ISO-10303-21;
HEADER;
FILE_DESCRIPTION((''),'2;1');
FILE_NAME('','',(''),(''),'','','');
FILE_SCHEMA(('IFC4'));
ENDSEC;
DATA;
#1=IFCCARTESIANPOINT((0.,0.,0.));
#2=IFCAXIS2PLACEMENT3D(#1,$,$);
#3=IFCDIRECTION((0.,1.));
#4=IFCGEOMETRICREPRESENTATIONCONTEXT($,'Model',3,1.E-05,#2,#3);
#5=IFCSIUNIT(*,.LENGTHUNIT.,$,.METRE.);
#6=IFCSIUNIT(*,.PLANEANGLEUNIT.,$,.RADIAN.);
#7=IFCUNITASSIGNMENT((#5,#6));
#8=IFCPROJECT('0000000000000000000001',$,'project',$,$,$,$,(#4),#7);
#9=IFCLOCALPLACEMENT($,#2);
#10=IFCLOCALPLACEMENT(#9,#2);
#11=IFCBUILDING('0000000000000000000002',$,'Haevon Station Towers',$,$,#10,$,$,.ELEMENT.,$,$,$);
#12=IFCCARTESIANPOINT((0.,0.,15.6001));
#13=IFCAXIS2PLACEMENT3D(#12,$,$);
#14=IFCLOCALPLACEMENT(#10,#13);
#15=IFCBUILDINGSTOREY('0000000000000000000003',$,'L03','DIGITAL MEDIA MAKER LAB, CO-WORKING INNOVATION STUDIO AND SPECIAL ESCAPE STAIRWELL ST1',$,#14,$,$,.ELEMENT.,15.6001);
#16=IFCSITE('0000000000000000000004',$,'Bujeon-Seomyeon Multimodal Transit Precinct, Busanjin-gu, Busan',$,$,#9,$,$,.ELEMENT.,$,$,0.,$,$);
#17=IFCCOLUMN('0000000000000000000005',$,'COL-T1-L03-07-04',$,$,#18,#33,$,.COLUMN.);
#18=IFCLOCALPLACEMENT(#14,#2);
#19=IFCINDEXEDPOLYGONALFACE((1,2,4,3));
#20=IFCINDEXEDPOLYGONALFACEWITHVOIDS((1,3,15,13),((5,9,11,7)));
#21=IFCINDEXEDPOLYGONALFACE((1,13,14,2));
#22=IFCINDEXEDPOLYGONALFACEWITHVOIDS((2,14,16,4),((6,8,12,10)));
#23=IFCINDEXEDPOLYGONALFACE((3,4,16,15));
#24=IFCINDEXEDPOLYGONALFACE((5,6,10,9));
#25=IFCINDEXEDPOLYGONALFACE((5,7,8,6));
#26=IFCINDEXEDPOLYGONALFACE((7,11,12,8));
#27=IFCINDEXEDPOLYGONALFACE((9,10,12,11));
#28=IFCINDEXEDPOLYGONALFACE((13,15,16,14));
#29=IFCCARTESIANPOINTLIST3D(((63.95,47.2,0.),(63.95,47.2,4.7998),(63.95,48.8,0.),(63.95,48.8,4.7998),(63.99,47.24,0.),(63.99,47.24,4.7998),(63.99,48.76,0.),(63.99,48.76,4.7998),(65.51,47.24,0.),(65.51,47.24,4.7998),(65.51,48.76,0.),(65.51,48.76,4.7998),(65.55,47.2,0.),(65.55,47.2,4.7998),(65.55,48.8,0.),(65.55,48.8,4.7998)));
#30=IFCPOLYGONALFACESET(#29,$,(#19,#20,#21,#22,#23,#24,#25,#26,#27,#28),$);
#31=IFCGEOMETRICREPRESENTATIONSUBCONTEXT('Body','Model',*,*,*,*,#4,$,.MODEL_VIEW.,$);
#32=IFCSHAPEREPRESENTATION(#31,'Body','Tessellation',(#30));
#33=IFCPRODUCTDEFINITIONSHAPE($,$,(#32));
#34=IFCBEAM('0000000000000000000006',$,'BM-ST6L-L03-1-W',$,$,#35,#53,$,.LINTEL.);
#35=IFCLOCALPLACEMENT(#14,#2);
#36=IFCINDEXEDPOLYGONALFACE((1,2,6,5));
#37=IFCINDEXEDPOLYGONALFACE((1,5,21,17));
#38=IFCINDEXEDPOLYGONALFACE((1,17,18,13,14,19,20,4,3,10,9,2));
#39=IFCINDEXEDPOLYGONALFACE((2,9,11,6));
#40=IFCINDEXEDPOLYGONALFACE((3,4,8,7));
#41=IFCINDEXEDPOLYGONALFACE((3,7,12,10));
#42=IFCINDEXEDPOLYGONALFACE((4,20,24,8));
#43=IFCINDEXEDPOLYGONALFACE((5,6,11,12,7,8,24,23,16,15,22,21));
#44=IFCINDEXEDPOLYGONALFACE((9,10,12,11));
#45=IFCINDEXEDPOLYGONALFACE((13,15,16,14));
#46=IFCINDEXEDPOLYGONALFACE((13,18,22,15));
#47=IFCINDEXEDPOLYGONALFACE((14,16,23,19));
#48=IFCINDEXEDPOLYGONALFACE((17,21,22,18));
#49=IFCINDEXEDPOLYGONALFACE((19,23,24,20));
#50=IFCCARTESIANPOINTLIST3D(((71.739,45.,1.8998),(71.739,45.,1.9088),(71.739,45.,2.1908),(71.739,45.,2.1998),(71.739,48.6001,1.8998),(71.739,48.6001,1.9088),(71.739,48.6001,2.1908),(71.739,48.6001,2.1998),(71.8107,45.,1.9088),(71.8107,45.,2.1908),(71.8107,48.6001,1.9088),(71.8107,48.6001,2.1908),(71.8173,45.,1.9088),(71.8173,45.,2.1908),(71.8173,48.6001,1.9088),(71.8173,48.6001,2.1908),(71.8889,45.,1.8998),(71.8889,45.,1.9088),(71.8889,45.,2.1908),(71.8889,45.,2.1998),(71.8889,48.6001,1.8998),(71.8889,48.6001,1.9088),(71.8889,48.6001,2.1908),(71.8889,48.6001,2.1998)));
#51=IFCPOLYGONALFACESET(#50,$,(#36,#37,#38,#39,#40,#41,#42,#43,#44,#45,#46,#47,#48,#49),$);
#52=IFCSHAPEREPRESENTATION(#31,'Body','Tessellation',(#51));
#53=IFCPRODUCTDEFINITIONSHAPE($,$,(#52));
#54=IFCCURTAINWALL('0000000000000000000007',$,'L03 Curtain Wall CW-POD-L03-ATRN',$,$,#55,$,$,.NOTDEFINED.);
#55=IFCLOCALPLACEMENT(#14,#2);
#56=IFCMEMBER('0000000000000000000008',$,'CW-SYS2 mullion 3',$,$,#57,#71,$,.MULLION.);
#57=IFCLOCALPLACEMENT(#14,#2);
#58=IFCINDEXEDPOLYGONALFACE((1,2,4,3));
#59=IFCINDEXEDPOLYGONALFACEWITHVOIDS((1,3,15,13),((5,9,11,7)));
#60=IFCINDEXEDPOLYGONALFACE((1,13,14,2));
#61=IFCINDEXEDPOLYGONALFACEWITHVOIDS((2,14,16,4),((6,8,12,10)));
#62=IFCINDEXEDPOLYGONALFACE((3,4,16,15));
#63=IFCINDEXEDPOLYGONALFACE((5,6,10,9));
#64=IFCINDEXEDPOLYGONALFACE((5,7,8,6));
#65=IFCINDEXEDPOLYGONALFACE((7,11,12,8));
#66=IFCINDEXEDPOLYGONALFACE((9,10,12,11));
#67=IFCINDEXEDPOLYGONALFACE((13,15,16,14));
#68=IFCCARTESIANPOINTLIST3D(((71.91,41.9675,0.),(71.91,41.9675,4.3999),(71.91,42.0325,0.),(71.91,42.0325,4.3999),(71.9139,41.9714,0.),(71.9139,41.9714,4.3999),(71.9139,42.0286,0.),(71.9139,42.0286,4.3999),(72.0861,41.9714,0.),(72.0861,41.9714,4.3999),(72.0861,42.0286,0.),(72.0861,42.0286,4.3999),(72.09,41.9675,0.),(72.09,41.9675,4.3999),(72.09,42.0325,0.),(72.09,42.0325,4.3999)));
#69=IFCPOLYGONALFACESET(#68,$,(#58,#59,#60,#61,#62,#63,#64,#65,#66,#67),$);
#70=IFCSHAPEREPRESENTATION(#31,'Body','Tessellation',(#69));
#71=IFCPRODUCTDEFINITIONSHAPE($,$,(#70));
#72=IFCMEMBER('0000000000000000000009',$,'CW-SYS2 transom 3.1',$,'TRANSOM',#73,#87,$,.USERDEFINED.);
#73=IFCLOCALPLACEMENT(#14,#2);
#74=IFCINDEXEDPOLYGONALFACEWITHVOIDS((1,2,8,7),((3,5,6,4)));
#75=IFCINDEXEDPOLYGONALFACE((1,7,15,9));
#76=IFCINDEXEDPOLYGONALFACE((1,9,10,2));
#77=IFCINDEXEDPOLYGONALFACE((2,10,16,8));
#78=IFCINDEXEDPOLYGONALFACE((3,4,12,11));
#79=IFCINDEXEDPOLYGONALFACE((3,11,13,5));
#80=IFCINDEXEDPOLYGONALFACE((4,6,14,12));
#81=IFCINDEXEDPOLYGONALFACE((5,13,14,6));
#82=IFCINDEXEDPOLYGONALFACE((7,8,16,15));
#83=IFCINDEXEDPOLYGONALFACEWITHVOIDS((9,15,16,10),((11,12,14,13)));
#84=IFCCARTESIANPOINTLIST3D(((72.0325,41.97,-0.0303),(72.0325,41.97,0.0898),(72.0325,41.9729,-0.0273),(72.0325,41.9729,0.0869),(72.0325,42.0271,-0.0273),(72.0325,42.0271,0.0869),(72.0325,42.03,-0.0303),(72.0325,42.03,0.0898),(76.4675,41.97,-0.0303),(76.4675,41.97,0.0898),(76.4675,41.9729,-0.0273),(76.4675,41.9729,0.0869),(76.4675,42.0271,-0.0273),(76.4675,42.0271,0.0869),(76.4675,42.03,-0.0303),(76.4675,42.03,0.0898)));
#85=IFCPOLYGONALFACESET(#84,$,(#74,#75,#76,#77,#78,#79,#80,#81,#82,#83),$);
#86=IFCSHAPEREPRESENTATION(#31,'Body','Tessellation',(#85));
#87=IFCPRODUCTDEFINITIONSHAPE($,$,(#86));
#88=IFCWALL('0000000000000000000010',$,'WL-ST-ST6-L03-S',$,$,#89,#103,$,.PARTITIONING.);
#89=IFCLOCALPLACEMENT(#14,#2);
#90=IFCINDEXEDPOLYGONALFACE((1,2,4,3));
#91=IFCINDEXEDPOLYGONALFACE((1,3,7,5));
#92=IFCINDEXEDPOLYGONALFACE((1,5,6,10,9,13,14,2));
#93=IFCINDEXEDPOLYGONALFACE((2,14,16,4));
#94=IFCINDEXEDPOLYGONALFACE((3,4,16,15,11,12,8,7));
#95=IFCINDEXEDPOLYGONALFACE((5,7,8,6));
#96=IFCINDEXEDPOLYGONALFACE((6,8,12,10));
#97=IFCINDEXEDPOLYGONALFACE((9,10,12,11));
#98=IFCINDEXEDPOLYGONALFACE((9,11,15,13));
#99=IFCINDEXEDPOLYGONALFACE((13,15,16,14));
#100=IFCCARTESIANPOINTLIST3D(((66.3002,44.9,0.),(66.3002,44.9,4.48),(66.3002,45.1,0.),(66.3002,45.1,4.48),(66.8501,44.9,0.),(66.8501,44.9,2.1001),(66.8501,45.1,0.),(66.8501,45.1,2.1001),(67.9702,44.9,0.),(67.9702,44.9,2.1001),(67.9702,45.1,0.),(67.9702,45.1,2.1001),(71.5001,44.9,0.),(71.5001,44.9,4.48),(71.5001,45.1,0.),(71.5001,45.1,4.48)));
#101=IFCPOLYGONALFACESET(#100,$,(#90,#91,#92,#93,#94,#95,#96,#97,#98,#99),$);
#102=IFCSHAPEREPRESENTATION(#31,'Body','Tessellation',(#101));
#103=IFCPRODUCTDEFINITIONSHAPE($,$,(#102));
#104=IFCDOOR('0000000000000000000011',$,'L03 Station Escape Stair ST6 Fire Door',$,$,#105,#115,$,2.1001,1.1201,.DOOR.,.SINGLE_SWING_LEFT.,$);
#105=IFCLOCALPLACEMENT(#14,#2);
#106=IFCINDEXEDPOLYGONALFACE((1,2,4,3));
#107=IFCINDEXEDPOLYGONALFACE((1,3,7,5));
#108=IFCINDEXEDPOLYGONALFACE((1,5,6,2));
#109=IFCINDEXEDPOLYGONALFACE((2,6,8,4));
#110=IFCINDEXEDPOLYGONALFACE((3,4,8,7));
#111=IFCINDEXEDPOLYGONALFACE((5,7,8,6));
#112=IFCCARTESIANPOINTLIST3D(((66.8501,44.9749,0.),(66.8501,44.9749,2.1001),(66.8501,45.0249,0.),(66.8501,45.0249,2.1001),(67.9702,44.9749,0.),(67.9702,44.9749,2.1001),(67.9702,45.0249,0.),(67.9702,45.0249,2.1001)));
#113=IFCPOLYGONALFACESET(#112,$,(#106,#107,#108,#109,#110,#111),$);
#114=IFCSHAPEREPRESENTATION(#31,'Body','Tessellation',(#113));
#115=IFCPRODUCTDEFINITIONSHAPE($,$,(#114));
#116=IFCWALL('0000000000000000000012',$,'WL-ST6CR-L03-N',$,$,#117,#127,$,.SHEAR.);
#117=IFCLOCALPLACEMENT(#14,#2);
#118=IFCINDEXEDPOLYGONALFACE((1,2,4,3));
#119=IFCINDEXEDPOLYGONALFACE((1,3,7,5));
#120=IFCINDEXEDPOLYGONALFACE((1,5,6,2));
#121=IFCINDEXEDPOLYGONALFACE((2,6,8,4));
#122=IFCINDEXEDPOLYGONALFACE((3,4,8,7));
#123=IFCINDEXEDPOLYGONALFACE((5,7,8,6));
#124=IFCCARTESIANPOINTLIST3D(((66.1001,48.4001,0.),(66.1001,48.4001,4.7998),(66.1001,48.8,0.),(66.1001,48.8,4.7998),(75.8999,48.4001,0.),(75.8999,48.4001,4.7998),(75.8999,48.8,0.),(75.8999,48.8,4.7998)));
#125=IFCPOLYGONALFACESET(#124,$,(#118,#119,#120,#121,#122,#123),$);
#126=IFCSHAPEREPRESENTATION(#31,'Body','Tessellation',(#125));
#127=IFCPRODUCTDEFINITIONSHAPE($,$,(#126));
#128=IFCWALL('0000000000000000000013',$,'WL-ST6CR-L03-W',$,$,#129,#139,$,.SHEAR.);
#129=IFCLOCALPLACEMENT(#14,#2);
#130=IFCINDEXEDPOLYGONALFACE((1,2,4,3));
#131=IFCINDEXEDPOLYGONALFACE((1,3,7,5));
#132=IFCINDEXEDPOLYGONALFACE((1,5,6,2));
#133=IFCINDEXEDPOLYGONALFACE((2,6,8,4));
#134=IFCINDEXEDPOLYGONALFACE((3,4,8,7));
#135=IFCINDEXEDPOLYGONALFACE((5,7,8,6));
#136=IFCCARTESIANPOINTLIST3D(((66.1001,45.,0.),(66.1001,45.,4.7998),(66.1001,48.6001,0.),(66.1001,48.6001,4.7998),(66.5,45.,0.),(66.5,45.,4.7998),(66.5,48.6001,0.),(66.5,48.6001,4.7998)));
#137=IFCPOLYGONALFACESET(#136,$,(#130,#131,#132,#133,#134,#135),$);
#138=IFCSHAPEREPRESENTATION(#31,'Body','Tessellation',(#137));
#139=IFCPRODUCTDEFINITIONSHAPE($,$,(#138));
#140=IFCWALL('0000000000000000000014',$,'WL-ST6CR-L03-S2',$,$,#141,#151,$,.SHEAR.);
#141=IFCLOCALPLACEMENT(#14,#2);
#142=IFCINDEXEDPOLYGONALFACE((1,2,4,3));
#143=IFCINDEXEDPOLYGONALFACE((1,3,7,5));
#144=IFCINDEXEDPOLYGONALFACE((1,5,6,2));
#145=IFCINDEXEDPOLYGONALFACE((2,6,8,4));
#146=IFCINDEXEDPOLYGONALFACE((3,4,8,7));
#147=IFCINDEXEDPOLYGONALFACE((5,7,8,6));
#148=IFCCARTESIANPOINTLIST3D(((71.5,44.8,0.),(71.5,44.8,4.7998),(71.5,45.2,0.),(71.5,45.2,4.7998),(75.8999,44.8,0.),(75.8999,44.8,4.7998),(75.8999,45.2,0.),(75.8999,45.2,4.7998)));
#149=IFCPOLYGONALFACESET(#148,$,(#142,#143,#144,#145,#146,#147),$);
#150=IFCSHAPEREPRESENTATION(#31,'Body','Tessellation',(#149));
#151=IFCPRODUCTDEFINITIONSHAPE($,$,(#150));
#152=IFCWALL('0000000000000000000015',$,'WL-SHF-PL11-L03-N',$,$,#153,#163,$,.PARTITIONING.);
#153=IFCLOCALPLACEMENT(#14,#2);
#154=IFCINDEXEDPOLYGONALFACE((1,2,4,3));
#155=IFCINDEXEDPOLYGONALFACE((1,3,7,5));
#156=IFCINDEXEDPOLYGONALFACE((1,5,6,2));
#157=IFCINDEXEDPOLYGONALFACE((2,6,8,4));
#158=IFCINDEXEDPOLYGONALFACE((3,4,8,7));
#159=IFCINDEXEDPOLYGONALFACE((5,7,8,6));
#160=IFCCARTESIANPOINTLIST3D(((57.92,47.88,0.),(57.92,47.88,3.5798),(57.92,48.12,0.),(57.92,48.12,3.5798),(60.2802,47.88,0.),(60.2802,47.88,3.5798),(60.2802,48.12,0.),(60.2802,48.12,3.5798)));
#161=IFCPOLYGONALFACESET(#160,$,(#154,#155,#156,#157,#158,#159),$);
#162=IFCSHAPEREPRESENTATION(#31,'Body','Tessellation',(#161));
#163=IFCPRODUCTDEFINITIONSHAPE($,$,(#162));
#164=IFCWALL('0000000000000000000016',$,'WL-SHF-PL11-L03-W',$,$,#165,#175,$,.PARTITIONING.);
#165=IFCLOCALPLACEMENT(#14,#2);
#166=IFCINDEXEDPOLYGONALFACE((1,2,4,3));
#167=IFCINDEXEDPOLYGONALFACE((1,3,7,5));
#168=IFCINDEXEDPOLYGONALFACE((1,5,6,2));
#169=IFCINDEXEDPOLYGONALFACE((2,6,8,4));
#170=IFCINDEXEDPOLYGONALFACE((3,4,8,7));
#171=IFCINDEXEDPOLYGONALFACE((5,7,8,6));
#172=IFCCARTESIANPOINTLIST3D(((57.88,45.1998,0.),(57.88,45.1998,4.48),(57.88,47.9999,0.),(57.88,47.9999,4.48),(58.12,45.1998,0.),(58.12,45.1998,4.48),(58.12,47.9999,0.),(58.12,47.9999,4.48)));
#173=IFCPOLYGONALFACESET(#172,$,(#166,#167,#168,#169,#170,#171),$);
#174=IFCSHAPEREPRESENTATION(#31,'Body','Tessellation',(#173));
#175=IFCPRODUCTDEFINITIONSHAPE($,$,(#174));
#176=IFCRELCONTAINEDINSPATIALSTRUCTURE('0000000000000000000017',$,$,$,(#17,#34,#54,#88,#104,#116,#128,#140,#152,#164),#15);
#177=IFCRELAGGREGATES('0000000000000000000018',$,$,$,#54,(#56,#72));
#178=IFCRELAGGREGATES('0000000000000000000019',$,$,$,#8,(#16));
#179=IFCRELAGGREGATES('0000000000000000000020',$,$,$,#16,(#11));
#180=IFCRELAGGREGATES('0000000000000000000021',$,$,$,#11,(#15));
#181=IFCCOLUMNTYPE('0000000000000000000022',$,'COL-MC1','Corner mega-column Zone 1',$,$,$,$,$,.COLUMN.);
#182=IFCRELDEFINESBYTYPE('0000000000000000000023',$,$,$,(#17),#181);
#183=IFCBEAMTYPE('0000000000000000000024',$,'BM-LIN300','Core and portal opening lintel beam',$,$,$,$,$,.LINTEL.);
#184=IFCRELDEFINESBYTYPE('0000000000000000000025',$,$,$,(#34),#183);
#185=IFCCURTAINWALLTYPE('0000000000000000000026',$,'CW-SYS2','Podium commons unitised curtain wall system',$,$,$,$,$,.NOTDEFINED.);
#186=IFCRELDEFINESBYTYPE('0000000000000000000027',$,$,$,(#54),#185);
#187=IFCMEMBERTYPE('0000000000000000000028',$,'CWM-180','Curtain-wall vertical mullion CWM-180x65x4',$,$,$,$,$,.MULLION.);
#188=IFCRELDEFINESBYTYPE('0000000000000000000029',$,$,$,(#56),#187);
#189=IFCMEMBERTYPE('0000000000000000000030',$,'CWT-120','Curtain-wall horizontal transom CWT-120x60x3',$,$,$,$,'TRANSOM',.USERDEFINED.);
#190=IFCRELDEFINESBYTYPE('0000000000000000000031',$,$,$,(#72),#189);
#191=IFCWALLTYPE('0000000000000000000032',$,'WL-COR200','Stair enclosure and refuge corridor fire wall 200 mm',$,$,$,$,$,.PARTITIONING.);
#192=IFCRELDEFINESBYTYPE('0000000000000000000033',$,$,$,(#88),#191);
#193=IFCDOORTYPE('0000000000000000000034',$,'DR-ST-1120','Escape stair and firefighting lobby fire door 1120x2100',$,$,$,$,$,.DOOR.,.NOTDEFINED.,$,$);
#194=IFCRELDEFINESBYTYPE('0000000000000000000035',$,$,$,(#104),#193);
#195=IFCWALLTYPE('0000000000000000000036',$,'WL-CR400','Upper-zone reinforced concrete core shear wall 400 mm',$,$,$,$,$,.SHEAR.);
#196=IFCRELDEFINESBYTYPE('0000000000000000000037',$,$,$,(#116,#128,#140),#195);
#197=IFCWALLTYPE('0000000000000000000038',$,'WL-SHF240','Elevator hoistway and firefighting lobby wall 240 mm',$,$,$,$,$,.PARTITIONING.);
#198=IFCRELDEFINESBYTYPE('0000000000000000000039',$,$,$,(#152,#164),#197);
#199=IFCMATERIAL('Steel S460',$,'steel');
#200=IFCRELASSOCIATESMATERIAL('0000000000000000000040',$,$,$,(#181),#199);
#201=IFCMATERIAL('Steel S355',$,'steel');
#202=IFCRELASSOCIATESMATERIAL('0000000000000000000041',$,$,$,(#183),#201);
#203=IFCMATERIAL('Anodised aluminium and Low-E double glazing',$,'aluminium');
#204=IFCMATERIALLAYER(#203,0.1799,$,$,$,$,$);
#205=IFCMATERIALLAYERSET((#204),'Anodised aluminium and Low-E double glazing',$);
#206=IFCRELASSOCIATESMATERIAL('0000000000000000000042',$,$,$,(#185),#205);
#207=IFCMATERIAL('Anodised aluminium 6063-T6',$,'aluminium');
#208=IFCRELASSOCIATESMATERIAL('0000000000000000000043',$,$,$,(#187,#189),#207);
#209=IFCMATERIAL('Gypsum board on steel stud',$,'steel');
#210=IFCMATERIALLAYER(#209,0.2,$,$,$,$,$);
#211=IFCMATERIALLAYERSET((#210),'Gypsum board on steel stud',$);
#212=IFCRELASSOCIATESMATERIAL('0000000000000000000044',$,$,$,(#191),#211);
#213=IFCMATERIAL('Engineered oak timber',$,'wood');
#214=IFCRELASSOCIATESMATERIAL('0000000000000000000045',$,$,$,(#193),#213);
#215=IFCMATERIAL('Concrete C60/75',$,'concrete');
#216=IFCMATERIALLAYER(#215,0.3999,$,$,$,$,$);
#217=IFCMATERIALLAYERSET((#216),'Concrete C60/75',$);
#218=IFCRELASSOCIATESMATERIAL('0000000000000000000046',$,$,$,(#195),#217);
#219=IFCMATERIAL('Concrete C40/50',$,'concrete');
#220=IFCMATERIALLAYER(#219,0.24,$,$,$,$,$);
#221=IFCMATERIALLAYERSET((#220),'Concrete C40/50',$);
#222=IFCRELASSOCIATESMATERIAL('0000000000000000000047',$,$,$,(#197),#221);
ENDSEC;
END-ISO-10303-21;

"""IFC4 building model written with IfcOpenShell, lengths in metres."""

from ifc_helpers import new_model, si_unit, direction, frame, frame_2d, origin, origin_2d, place, context, subcontext, project, spatial, rectangle, hollow_rectangle, i_section, extrude, material, layer, layer_set, material_profile, profile_set, type_object, element, fill, aggregate, save


model = new_model("IFC4")

# Units and contexts
model_context = context("Model", 3, precision=1e-05, world=origin(), true_north=direction((0.0, 1.0)))
body_context = subcontext(model_context, "Body", "Model", "MODEL_VIEW")
ifc_project = project(units=[si_unit("LENGTHUNIT", "METRE"), si_unit("PLANEANGLEUNIT", "RADIAN")], contexts=[model_context])

# Site, building, storey
site_placement = place(None, origin())
site = spatial("IfcSite", under=ifc_project, at=site_placement, Name="Bujeon-Seomyeon Multimodal Transit Precinct, Busanjin-gu, Busan", CompositionType="ELEMENT", RefElevation=0.0)
building_placement = place(site_placement, origin())
building = spatial("IfcBuilding", under=site, at=building_placement, Name="Haevon Station Towers", CompositionType="ELEMENT")
storey_placement = place(building_placement, frame((0.0, 0.0, 15.6001)))
storey = spatial("IfcBuildingStorey", under=building, at=storey_placement, Name="L03", Description="DIGITAL MEDIA MAKER LAB, CO-WORKING INNOVATION STUDIO AND SPECIAL ESCAPE STAIRWELL ST1", CompositionType="ELEMENT", Elevation=15.6001)

# Column
ifc_material_1 = material(Name="Steel S460", Category="steel")
ifc_material_profile_1 = material_profile(ifc_material_1, hollow_rectangle(XDim=1.6001, YDim=1.6001, WallThickness=0.04, at=origin_2d()), Name="BOX-1600x1600x40")
ifc_profile_set_1 = profile_set([ifc_material_profile_1], Name="Steel S460")
column_type = type_object("IfcColumnType", Name="COL-MC1", Description="Corner mega-column Zone 1", PredefinedType="COLUMN", material=ifc_profile_set_1)
column_placement = place(storey_placement, frame((64.75, 48.0, 0.0), z_axis=(0.0, 0.0, 1.0), x_axis=(1.0, 0.0, 0.0)))
element("IfcColumn", 1, at=column_placement, inside=storey, type_object=column_type, Name="COL-T1-L03-07-04", PredefinedType="COLUMN", context=body_context, shape_type="SweptSolid", body=[
    extrude(hollow_rectangle(XDim=1.6001, YDim=1.6001, WallThickness=0.04, at=origin_2d()), origin(), (0.0, 0.0, 1.0), 4.7998),
])

# Beam
ifc_material_2 = material(Name="Steel S355", Category="steel")
ifc_material_profile_2 = material_profile(ifc_material_2, i_section(OverallWidth=0.1499, OverallDepth=0.3, WebThickness=0.0066, FlangeThickness=0.009, at=origin_2d()), Name="H-300x150x6.5x9")
ifc_profile_set_2 = profile_set([ifc_material_profile_2], Name="Steel S355")
beam_type = type_object("IfcBeamType", Name="BM-LIN300", Description="Core and portal opening lintel beam", PredefinedType="LINTEL", material=ifc_profile_set_2)
beam_placement = place(storey_placement, frame((71.814, 45.0, 2.0498), z_axis=(0.0, 1.0, 0.0), x_axis=(-1.0, 0.0, 0.0)))
element("IfcBeam", 2, at=beam_placement, inside=storey, type_object=beam_type, Name="BM-ST6L-L03-1-W", PredefinedType="LINTEL", context=body_context, shape_type="SweptSolid", body=[
    extrude(i_section(OverallWidth=0.1499, OverallDepth=0.3, WebThickness=0.0066, FlangeThickness=0.009, at=origin_2d()), origin(), (0.0, 0.0, 1.0), 3.6001),
])

# Curtain wall, members
ifc_material_3 = material(Name="Anodised aluminium and Low-E double glazing", Category="aluminium")
ifc_layer_1 = layer(ifc_material_3, 0.1799)
ifc_layer_set_1 = layer_set([ifc_layer_1], Name="Anodised aluminium and Low-E double glazing")
curtain_wall_type = type_object("IfcCurtainWallType", Name="CW-SYS2", Description="Podium commons unitised curtain wall system", PredefinedType="NOTDEFINED", material=ifc_layer_set_1)
curtain_wall_placement = place(storey_placement, origin())
curtain_wall = element("IfcCurtainWall", 3, at=curtain_wall_placement, inside=storey, type_object=curtain_wall_type, Name="L03 Curtain Wall CW-POD-L03-ATRN", PredefinedType="NOTDEFINED")
ifc_material_4 = material(Name="Anodised aluminium 6063-T6", Category="aluminium")
ifc_material_profile_3 = material_profile(ifc_material_4, hollow_rectangle(XDim=0.0649, YDim=0.1799, WallThickness=0.0039, at=origin_2d()), Name="CWM-180x65x4")
ifc_profile_set_3 = profile_set([ifc_material_profile_3], Name="Anodised aluminium 6063-T6")
member_type_1 = type_object("IfcMemberType", Name="CWM-180", Description="Curtain-wall vertical mullion CWM-180x65x4", PredefinedType="MULLION", material=ifc_profile_set_3)
member_1_placement = place(storey_placement, frame((72.0, 42.0, 0.0), z_axis=(0.0, 0.0, 1.0), x_axis=(0.0, 1.0, 0.0)))
member_1 = element("IfcMember", 4, at=member_1_placement, type_object=member_type_1, Name="CW-SYS2 mullion 3", PredefinedType="MULLION", context=body_context, shape_type="SweptSolid", body=[
    extrude(hollow_rectangle(XDim=0.0649, YDim=0.1799, WallThickness=0.0039, at=origin_2d()), origin(), (0.0, 0.0, 1.0), 4.3999),
])
ifc_material_profile_4 = material_profile(ifc_material_4, hollow_rectangle(XDim=0.0601, YDim=0.1201, WallThickness=0.0029, at=origin_2d()), Name="CWT-120x60x3")
ifc_profile_set_4 = profile_set([ifc_material_profile_4], Name="Anodised aluminium 6063-T6")
member_type_2 = type_object("IfcMemberType", Name="CWT-120", Description="Curtain-wall horizontal transom CWT-120x60x3", ElementType="TRANSOM", PredefinedType="USERDEFINED", material=ifc_profile_set_4)
member_2_placement = place(storey_placement, frame((72.0325, 42.0, 0.0298), z_axis=(1.0, 0.0, 0.0), x_axis=(0.0, 1.0, 0.0)))
member_2 = element("IfcMember", 5, at=member_2_placement, type_object=member_type_2, Name="CW-SYS2 transom 3.1", ObjectType="TRANSOM", PredefinedType="USERDEFINED", context=body_context, shape_type="SweptSolid", body=[
    extrude(hollow_rectangle(XDim=0.0601, YDim=0.1201, WallThickness=0.0029, at=origin_2d()), origin(), (0.0, 0.0, 1.0), 4.4351),
])
aggregate(curtain_wall, [member_1, member_2])

# Wall, opening, door
ifc_material_5 = material(Name="Gypsum board on steel stud", Category="steel")
ifc_layer_2 = layer(ifc_material_5, 0.2)
ifc_layer_set_2 = layer_set([ifc_layer_2], Name="Gypsum board on steel stud")
wall_type_1 = type_object("IfcWallType", Name="WL-COR200", Description="Stair enclosure and refuge corridor fire wall 200 mm", PredefinedType="PARTITIONING", material=ifc_layer_set_2)
wall_1_placement = place(storey_placement, frame((66.3, 45.0, 0.0), z_axis=(0.0, 0.0, 1.0), x_axis=(1.0, 0.0, 0.0)))
wall_1 = element("IfcWall", 6, at=wall_1_placement, inside=storey, type_object=wall_type_1, Name="WL-ST-ST6-L03-S", PredefinedType="PARTITIONING", context=body_context, shape_type="SweptSolid", body=[
    extrude(rectangle(XDim=5.2, YDim=0.2, at=frame_2d((2.6001, 0.0))), origin(), (0.0, 0.0, 1.0), 4.48),
])
opening_1_placement = place(wall_1_placement, frame((0.55, 0.0, 0.0)))
opening_1 = element("IfcOpeningElement", 7, at=opening_1_placement, cuts=wall_1, PredefinedType="OPENING", context=body_context, shape_type="SweptSolid", body=[
    extrude(rectangle(XDim=1.1201, YDim=2.1001, at=frame_2d((0.5601, 1.05))), frame((0.0, 0.1099, 0.0), z_axis=(0.0, -1.0, 0.0), x_axis=(1.0, 0.0, 0.0)), (0.0, 0.0, 1.0), 0.22),
])
ifc_material_6 = material(Name="Engineered oak timber", Category="wood")
door_type_1 = type_object("IfcDoorType", Name="DR-ST-1120", Description="Escape stair and firefighting lobby fire door 1120x2100", OperationType="NOTDEFINED", PredefinedType="DOOR", material=ifc_material_6)
door_1_placement = place(opening_1_placement, origin())
door_1 = element("IfcDoor", 8, at=door_1_placement, inside=storey, type_object=door_type_1, Name="L03 Station Escape Stair ST6 Fire Door", OperationType="SINGLE_SWING_LEFT", OverallHeight=2.1001, OverallWidth=1.1201, PredefinedType="DOOR", context=body_context, shape_type="SweptSolid", body=[
    extrude(rectangle(XDim=1.1201, YDim=2.1001, at=frame_2d((0.5601, 1.05))), frame((0.0, 0.0249, 0.0), z_axis=(0.0, -1.0, 0.0), x_axis=(1.0, 0.0, 0.0)), (0.0, 0.0, 1.0), 0.05),
])
fill(opening_1, door_1)

# Walls
ifc_material_7 = material(Name="Concrete C60/75", Category="concrete")
ifc_layer_3 = layer(ifc_material_7, 0.3999)
ifc_layer_set_3 = layer_set([ifc_layer_3], Name="Concrete C60/75")
wall_type_2 = type_object("IfcWallType", Name="WL-CR400", Description="Upper-zone reinforced concrete core shear wall 400 mm", PredefinedType="SHEAR", material=ifc_layer_set_3)
wall_2_placement = place(storey_placement, frame((66.1001, 48.6001, 0.0), z_axis=(0.0, 0.0, 1.0), x_axis=(1.0, 0.0, 0.0)))
element("IfcWall", 9, at=wall_2_placement, inside=storey, type_object=wall_type_2, Name="WL-ST6CR-L03-N", PredefinedType="SHEAR", context=body_context, shape_type="SweptSolid", body=[
    extrude(rectangle(XDim=9.7998, YDim=0.3999, at=frame_2d((4.8999, 0.0))), origin(), (0.0, 0.0, 1.0), 4.7998),
])
wall_3_placement = place(storey_placement, frame((66.3, 45.0, 0.0), z_axis=(0.0, 0.0, 1.0), x_axis=(0.0, 1.0, 0.0)))
element("IfcWall", 10, at=wall_3_placement, inside=storey, type_object=wall_type_2, Name="WL-ST6CR-L03-W", PredefinedType="SHEAR", context=body_context, shape_type="SweptSolid", body=[
    extrude(rectangle(XDim=3.6001, YDim=0.3999, at=frame_2d((1.8, 0.0))), origin(), (0.0, 0.0, 1.0), 4.7998),
])
wall_4_placement = place(storey_placement, frame((71.5, 45.0, 0.0), z_axis=(0.0, 0.0, 1.0), x_axis=(1.0, 0.0, 0.0)))
element("IfcWall", 11, at=wall_4_placement, inside=storey, type_object=wall_type_2, Name="WL-ST6CR-L03-S2", PredefinedType="SHEAR", context=body_context, shape_type="SweptSolid", body=[
    extrude(rectangle(XDim=4.3999, YDim=0.3999, at=frame_2d((2.2, 0.0))), origin(), (0.0, 0.0, 1.0), 4.7998),
])

# Shared definitions
ifc_material_8 = material(Name="Concrete C40/50", Category="concrete")
ifc_layer_4 = layer(ifc_material_8, 0.24)
ifc_layer_set_4 = layer_set([ifc_layer_4], Name="Concrete C40/50")
wall_type_3 = type_object("IfcWallType", Name="WL-SHF240", Description="Elevator hoistway and firefighting lobby wall 240 mm", PredefinedType="PARTITIONING", material=ifc_layer_set_4)

# Walls
wall_5_placement = place(storey_placement, frame((57.9199, 48.0, 0.0), z_axis=(0.0, 0.0, 1.0), x_axis=(1.0, 0.0, 0.0)))
element("IfcWall", 12, at=wall_5_placement, inside=storey, type_object=wall_type_3, Name="WL-SHF-PL11-L03-N", PredefinedType="PARTITIONING", context=body_context, shape_type="SweptSolid", body=[
    extrude(rectangle(XDim=2.3601, YDim=0.24, at=frame_2d((1.1802, 0.0))), origin(), (0.0, 0.0, 1.0), 3.5798),
])
for number, where, z_axis, x_axis, name in (
    (13, (58.0, 45.2, 0.0), (0.0, 0.0, 1.0), (0.0, 1.0, 0.0), "WL-SHF-PL11-L03-W"),
):
    element("IfcWall", number, at=place(storey_placement, frame(where, z_axis=z_axis, x_axis=x_axis)), inside=storey, type_object=wall_type_3, Name=name, PredefinedType="PARTITIONING", context=body_context, shape_type="SweptSolid", body=[
        extrude(rectangle(XDim=2.8, YDim=0.24, at=frame_2d((1.3999, 0.0))), origin(), (0.0, 0.0, 1.0), 4.48),
    ])

save(model, "model.ifc")
